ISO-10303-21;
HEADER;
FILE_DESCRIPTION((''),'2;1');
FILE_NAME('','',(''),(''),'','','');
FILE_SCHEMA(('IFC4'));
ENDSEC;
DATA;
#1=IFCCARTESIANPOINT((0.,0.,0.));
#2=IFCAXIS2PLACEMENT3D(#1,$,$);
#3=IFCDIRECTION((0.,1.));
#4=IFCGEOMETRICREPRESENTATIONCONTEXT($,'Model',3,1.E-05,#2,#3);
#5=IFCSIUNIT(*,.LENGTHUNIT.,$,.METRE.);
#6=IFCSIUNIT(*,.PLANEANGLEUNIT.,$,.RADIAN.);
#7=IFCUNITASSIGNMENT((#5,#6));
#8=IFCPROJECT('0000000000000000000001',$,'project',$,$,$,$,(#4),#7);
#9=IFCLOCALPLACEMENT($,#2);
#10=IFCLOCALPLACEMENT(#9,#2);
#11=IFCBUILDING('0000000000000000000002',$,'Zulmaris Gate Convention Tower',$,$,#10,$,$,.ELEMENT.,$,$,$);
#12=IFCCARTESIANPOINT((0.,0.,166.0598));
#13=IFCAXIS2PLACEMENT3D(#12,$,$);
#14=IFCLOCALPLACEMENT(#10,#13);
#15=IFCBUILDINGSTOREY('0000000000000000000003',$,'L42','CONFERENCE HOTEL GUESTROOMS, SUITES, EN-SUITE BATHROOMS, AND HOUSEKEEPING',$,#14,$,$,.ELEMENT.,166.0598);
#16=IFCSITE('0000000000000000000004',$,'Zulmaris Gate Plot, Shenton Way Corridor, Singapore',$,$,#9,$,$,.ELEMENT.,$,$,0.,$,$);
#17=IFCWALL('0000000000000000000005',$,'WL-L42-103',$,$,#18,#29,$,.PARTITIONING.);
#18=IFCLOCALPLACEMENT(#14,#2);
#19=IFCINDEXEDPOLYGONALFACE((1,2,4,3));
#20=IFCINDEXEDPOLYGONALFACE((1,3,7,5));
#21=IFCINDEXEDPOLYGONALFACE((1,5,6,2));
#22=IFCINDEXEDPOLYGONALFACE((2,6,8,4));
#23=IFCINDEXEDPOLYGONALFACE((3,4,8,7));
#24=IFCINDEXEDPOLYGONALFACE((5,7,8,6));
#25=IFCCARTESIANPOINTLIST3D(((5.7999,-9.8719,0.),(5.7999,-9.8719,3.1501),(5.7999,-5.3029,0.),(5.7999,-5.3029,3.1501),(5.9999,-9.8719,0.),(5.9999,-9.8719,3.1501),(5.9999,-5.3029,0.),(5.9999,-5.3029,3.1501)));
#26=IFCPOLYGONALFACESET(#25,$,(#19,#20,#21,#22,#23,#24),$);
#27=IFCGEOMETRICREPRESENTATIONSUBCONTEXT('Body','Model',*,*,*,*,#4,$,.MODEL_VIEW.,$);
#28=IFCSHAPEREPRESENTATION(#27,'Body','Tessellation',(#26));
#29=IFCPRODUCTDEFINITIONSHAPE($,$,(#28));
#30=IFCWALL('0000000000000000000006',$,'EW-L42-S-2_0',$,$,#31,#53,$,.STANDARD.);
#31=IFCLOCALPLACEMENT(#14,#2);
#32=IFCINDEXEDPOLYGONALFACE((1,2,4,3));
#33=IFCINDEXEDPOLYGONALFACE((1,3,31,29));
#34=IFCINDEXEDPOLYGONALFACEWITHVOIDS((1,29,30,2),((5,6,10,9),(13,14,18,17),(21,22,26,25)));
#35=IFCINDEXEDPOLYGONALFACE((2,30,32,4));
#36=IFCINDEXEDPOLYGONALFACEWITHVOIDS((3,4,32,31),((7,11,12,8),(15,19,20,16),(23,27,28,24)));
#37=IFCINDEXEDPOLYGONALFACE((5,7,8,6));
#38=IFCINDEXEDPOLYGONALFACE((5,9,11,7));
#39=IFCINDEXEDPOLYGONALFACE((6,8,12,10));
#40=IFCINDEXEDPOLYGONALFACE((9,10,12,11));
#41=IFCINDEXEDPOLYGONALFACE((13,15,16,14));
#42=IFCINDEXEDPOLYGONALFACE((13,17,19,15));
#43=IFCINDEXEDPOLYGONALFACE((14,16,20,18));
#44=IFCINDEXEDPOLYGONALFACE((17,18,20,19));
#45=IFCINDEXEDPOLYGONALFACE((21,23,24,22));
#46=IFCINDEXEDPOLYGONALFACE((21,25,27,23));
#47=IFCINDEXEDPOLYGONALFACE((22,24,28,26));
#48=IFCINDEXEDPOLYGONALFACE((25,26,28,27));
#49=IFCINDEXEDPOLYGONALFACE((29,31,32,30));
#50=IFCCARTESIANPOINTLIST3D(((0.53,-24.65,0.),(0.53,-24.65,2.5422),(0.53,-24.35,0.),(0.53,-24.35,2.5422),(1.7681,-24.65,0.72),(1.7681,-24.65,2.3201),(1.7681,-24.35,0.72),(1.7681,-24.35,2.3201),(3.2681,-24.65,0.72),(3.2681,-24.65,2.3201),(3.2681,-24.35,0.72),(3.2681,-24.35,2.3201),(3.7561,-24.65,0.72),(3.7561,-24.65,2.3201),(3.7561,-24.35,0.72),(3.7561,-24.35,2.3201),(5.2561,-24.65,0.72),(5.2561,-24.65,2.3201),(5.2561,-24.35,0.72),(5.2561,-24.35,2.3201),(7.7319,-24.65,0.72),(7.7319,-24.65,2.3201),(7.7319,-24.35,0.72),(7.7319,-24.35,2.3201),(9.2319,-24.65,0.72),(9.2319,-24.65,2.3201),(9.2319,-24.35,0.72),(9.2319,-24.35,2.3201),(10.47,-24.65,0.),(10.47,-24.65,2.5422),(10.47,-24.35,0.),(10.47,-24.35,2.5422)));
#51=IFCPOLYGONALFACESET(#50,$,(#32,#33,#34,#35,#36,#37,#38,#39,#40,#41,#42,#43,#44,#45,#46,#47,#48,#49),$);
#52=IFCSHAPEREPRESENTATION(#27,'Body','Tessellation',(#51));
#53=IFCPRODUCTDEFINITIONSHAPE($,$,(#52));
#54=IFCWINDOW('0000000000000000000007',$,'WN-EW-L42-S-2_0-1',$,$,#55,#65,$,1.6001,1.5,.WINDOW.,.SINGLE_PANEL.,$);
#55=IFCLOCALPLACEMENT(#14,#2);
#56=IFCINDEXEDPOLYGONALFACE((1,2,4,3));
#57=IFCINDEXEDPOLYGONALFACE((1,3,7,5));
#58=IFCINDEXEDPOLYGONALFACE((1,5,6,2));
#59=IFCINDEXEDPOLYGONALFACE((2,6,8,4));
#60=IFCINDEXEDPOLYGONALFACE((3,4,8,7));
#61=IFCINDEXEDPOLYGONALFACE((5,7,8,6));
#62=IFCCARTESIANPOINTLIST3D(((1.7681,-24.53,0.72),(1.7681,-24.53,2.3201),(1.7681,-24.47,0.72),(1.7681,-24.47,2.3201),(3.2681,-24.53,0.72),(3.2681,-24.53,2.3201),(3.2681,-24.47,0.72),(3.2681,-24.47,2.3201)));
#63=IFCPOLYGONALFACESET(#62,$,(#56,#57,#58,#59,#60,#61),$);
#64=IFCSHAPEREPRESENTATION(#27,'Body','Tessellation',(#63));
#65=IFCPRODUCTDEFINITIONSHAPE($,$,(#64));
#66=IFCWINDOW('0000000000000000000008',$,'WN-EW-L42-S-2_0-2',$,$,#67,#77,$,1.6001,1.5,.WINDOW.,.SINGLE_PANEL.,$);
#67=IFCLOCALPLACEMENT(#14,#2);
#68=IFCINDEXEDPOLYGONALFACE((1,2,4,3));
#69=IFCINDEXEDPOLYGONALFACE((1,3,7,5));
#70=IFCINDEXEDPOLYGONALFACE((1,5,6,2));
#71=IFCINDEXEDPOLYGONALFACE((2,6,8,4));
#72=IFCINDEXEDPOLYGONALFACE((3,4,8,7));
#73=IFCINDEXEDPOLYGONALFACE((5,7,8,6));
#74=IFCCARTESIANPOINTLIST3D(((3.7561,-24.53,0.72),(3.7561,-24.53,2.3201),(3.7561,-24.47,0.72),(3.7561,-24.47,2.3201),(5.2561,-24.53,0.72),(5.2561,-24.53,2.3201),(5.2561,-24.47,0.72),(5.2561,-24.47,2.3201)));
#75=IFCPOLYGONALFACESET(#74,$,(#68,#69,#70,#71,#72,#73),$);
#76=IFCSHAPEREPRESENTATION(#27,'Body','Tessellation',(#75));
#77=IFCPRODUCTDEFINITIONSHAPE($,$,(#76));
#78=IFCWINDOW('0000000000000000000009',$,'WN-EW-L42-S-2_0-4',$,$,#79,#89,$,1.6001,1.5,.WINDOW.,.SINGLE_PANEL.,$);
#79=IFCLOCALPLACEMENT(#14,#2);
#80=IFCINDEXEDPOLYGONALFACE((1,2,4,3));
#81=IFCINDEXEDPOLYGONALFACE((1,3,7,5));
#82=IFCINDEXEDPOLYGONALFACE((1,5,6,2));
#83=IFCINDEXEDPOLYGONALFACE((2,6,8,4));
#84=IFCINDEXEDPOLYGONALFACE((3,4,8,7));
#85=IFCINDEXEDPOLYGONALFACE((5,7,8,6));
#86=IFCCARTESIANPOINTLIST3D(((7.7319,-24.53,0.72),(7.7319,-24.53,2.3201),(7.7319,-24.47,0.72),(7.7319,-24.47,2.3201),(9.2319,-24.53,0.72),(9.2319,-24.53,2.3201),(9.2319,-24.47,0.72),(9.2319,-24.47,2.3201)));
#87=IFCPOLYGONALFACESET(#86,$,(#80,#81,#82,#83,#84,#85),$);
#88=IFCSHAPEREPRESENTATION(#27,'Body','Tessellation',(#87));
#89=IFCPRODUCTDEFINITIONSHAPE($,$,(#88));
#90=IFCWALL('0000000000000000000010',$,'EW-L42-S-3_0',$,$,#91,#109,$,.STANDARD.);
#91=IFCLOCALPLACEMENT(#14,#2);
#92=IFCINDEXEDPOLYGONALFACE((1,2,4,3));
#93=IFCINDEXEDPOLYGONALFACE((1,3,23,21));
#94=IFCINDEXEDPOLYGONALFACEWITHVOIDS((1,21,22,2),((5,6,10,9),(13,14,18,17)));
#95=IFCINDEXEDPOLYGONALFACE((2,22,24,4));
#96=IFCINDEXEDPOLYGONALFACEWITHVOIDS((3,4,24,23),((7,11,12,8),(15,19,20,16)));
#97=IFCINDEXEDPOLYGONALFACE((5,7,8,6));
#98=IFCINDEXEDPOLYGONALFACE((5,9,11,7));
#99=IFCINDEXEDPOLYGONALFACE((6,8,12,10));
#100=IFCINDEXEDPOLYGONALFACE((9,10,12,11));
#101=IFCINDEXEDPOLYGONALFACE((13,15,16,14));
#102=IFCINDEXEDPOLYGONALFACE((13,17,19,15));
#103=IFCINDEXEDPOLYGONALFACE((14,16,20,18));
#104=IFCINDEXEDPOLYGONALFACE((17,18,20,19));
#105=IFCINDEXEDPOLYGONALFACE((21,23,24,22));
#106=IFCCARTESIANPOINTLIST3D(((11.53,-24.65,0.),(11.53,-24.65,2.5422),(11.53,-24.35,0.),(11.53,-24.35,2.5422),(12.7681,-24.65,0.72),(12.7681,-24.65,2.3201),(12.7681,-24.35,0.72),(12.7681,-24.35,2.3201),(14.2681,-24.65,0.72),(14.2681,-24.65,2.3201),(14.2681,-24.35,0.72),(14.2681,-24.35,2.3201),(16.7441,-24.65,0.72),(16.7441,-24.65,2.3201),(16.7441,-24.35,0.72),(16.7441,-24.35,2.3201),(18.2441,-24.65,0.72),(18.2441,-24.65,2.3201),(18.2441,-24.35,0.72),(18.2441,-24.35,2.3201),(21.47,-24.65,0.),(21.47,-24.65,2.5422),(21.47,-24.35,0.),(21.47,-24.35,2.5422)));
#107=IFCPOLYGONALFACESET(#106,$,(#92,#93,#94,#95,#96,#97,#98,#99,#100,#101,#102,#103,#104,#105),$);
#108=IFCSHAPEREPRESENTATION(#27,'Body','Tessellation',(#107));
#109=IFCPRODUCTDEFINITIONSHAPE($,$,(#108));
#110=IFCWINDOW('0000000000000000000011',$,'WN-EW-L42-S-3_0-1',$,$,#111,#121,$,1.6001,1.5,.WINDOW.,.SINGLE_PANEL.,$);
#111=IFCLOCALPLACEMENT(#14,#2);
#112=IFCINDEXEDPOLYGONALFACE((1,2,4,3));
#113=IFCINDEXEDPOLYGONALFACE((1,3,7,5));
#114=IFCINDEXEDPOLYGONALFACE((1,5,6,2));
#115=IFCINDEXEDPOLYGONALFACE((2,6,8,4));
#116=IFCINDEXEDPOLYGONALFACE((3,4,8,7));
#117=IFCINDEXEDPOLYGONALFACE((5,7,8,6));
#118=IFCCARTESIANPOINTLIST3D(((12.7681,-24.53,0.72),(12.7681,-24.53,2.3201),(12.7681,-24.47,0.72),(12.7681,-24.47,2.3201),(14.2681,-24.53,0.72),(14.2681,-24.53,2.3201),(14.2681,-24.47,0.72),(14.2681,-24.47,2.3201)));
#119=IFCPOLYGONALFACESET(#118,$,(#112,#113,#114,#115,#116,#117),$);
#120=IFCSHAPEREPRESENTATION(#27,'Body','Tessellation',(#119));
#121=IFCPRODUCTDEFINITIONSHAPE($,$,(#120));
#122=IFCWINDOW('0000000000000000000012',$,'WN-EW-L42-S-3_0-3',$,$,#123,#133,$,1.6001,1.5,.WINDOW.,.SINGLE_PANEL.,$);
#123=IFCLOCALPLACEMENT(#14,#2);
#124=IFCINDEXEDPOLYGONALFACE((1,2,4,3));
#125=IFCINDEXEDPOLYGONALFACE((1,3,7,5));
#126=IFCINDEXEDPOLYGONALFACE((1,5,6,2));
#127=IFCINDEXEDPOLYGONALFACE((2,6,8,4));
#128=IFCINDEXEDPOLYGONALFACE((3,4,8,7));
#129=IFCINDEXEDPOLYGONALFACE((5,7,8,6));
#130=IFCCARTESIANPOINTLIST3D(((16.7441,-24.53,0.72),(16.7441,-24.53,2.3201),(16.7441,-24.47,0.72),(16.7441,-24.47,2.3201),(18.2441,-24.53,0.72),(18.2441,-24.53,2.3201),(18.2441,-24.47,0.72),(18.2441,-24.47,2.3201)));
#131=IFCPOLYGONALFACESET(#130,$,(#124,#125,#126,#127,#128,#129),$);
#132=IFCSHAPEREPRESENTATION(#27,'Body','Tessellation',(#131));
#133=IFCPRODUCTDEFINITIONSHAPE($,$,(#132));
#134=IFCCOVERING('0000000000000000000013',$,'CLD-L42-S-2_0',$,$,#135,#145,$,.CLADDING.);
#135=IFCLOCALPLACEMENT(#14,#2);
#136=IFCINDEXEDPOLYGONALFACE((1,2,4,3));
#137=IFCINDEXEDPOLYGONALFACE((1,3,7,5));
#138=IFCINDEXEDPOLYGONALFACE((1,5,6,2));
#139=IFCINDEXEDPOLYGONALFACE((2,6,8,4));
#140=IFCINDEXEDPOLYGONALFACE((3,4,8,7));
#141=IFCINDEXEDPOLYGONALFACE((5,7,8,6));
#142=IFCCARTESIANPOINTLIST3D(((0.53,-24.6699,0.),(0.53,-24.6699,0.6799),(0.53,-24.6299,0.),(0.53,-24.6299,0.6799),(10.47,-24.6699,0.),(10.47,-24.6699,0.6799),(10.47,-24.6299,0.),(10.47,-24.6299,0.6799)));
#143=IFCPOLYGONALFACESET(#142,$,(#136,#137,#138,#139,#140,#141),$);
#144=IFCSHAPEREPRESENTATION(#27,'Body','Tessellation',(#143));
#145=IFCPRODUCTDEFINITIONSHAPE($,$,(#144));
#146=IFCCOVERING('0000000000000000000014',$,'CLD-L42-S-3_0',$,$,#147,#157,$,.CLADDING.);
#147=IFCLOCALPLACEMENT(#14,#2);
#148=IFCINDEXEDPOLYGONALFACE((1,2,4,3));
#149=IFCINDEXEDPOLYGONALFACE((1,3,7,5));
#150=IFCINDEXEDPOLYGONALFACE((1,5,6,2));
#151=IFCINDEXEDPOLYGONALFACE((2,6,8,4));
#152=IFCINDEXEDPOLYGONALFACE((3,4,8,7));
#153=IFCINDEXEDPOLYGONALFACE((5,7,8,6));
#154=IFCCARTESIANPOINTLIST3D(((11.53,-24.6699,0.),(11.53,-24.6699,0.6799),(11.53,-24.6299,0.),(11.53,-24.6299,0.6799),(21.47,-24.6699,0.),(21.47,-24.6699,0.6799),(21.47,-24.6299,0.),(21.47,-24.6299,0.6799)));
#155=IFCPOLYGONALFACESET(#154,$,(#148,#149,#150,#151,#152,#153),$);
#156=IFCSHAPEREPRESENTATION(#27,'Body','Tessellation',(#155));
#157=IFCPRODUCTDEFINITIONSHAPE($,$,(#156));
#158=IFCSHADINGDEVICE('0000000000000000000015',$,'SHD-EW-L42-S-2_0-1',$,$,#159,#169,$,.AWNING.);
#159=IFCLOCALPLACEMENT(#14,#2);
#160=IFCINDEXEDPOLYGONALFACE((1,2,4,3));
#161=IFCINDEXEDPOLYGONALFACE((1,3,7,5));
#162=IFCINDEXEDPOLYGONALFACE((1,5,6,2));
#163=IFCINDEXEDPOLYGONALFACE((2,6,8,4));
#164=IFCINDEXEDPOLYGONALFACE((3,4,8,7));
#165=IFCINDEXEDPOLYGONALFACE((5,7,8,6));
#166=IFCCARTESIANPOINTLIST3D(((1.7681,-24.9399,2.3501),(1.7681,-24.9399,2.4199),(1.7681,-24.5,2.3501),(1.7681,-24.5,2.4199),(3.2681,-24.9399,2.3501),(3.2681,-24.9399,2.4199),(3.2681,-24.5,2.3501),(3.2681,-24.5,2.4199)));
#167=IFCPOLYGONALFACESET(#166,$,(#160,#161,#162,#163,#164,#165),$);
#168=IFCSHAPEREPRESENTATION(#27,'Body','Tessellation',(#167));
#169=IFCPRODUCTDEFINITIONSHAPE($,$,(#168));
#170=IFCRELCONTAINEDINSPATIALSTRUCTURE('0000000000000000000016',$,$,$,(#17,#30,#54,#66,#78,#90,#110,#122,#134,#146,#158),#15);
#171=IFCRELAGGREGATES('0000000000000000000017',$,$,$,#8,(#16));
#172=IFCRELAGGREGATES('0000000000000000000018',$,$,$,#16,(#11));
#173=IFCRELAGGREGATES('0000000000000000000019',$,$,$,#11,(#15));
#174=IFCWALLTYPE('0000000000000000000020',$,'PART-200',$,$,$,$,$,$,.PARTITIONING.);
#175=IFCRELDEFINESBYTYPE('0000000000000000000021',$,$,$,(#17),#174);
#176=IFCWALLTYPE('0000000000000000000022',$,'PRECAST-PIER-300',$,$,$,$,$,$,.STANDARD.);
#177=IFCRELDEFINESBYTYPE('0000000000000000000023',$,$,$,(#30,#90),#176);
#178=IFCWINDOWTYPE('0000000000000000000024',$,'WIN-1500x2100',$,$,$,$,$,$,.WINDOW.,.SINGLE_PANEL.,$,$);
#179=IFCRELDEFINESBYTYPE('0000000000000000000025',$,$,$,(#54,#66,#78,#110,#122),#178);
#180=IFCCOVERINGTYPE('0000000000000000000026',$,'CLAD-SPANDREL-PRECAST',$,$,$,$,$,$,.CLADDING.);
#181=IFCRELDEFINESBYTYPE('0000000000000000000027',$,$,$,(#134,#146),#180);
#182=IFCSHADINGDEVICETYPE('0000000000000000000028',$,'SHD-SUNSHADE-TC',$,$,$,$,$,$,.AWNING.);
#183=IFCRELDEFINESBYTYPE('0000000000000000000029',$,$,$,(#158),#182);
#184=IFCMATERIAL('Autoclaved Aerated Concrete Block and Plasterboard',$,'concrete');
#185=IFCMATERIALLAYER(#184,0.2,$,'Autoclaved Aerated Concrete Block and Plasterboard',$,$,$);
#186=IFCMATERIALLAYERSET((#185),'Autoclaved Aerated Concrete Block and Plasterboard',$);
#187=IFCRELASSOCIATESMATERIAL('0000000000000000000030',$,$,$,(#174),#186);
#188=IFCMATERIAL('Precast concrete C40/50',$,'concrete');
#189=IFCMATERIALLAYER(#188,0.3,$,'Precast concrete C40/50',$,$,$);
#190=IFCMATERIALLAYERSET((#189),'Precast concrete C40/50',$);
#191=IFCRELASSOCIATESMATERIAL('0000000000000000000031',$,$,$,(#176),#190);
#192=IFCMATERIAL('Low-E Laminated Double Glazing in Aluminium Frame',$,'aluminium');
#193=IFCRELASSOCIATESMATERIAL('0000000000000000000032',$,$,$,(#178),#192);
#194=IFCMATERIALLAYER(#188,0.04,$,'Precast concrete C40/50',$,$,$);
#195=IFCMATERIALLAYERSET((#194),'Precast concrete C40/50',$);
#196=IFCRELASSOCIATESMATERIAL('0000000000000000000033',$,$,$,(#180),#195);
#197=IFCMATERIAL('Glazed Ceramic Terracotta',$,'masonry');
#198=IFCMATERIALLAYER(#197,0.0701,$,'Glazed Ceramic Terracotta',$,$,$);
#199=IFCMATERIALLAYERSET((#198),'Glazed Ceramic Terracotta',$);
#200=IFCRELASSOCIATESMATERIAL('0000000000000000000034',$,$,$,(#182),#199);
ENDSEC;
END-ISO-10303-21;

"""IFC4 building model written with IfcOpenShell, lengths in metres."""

from ifc_helpers import new_model, si_unit, direction, frame, frame_2d, origin, place, context, subcontext, project, spatial, rectangle, extrude, material, layer, layer_set, type_object, element, fill, save


model = new_model("IFC4")

# Units and contexts
model_context = context("Model", 3, precision=1e-05, world=origin(), true_north=direction((0.0, 1.0)))
body_context = subcontext(model_context, "Body", "Model", "MODEL_VIEW")
ifc_project = project(units=[si_unit("LENGTHUNIT", "METRE"), si_unit("PLANEANGLEUNIT", "RADIAN")], contexts=[model_context])

# Site, building, storey
site_placement = place(None, origin())
site = spatial("IfcSite", under=ifc_project, at=site_placement, Name="Zulmaris Gate Plot, Shenton Way Corridor, Singapore", CompositionType="ELEMENT", RefElevation=0.0)
building_placement = place(site_placement, origin())
building = spatial("IfcBuilding", under=site, at=building_placement, Name="Zulmaris Gate Convention Tower", CompositionType="ELEMENT")
storey_placement = place(building_placement, frame((0.0, 0.0, 166.0598)))
storey = spatial("IfcBuildingStorey", under=building, at=storey_placement, Name="L42", Description="CONFERENCE HOTEL GUESTROOMS, SUITES, EN-SUITE BATHROOMS, AND HOUSEKEEPING", CompositionType="ELEMENT", Elevation=166.0598)

# Wall
ifc_material_1 = material(Name="Autoclaved Aerated Concrete Block and Plasterboard", Category="concrete")
ifc_layer_1 = layer(ifc_material_1, 0.2, Name="Autoclaved Aerated Concrete Block and Plasterboard")
ifc_layer_set_1 = layer_set([ifc_layer_1], Name="Autoclaved Aerated Concrete Block and Plasterboard")
wall_type_1 = type_object("IfcWallType", Name="PART-200", PredefinedType="PARTITIONING", material=ifc_layer_set_1)
wall_1_placement = place(storey_placement, frame((5.8999, -9.8721, 0.0), z_axis=(0.0, 0.0, 1.0), x_axis=(0.0, 1.0, 0.0)))
element("IfcWall", 1, at=wall_1_placement, inside=storey, type_object=wall_type_1, Name="WL-L42-103", PredefinedType="PARTITIONING", context=body_context, shape_type="SweptSolid", body=[
    extrude(rectangle(XDim=4.5691, YDim=0.2, at=frame_2d((2.2847, 0.0))), origin(), (0.0, 0.0, 1.0), 3.1501),
])

# Walls, openings, windows
ifc_material_2 = material(Name="Precast concrete C40/50", Category="concrete")
ifc_layer_2 = layer(ifc_material_2, 0.3, Name="Precast concrete C40/50")
ifc_layer_set_2 = layer_set([ifc_layer_2], Name="Precast concrete C40/50")
wall_type_2 = type_object("IfcWallType", Name="PRECAST-PIER-300", PredefinedType="STANDARD", material=ifc_layer_set_2)
wall_2_placement = place(storey_placement, frame((0.53, -24.5, 0.0), z_axis=(0.0, 0.0, 1.0), x_axis=(1.0, 0.0, 0.0)))
wall_2 = element("IfcWall", 2, at=wall_2_placement, inside=storey, type_object=wall_type_2, Name="EW-L42-S-2_0", PredefinedType="STANDARD", context=body_context, shape_type="SweptSolid", body=[
    extrude(rectangle(XDim=9.9399, YDim=0.3, at=frame_2d((4.97, 0.0))), origin(), (0.0, 0.0, 1.0), 2.5422),
])
opening_1_placement = place(wall_2_placement, frame((1.238, 0.0, 0.72)))
opening_1 = element("IfcOpeningElement", 3, at=opening_1_placement, cuts=wall_2, PredefinedType="OPENING", context=body_context, shape_type="SweptSolid", body=[
    extrude(rectangle(XDim=1.5, YDim=1.6001, at=frame_2d((0.75, 0.8))), frame((0.0, 0.1602, 0.0), z_axis=(0.0, -1.0, 0.0), x_axis=(1.0, 0.0, 0.0)), (0.0, 0.0, 1.0), 0.3201),
])
opening_2_placement = place(wall_2_placement, frame((3.2261, 0.0, 0.72)))
opening_2 = element("IfcOpeningElement", 4, at=opening_2_placement, cuts=wall_2, PredefinedType="OPENING", context=body_context, shape_type="SweptSolid", body=[
    extrude(rectangle(XDim=1.5, YDim=1.6001, at=frame_2d((0.75, 0.8))), frame((0.0, 0.1602, 0.0), z_axis=(0.0, -1.0, 0.0), x_axis=(1.0, 0.0, 0.0)), (0.0, 0.0, 1.0), 0.3201),
])
opening_3_placement = place(wall_2_placement, frame((7.2019, 0.0, 0.72)))
opening_3 = element("IfcOpeningElement", 5, at=opening_3_placement, cuts=wall_2, PredefinedType="OPENING", context=body_context, shape_type="SweptSolid", body=[
    extrude(rectangle(XDim=1.5, YDim=1.6001, at=frame_2d((0.75, 0.8))), frame((0.0, 0.1602, 0.0), z_axis=(0.0, -1.0, 0.0), x_axis=(1.0, 0.0, 0.0)), (0.0, 0.0, 1.0), 0.3201),
])
ifc_material_3 = material(Name="Low-E Laminated Double Glazing in Aluminium Frame", Category="aluminium")
window_type = type_object("IfcWindowType", Name="WIN-1500x2100", PartitioningType="SINGLE_PANEL", PredefinedType="WINDOW", material=ifc_material_3)
window_1_placement = place(opening_1_placement, origin())
window_1 = element("IfcWindow", 6, at=window_1_placement, inside=storey, type_object=window_type, Name="WN-EW-L42-S-2_0-1", OverallHeight=1.6001, OverallWidth=1.5, PartitioningType="SINGLE_PANEL", PredefinedType="WINDOW", context=body_context, shape_type="SweptSolid", body=[
    extrude(rectangle(XDim=1.5, YDim=1.6001, at=frame_2d((0.75, 0.8))), frame((0.0, 0.03, 0.0), z_axis=(0.0, -1.0, 0.0), x_axis=(1.0, 0.0, 0.0)), (0.0, 0.0, 1.0), 0.0601),
])
fill(opening_1, window_1)
window_2_placement = place(opening_2_placement, origin())
window_2 = element("IfcWindow", 7, at=window_2_placement, inside=storey, type_object=window_type, Name="WN-EW-L42-S-2_0-2", OverallHeight=1.6001, OverallWidth=1.5, PartitioningType="SINGLE_PANEL", PredefinedType="WINDOW", context=body_context, shape_type="SweptSolid", body=[
    extrude(rectangle(XDim=1.5, YDim=1.6001, at=frame_2d((0.75, 0.8))), frame((0.0, 0.03, 0.0), z_axis=(0.0, -1.0, 0.0), x_axis=(1.0, 0.0, 0.0)), (0.0, 0.0, 1.0), 0.0601),
])
fill(opening_2, window_2)
window_3_placement = place(opening_3_placement, origin())
window_3 = element("IfcWindow", 8, at=window_3_placement, inside=storey, type_object=window_type, Name="WN-EW-L42-S-2_0-4", OverallHeight=1.6001, OverallWidth=1.5, PartitioningType="SINGLE_PANEL", PredefinedType="WINDOW", context=body_context, shape_type="SweptSolid", body=[
    extrude(rectangle(XDim=1.5, YDim=1.6001, at=frame_2d((0.75, 0.8))), frame((0.0, 0.03, 0.0), z_axis=(0.0, -1.0, 0.0), x_axis=(1.0, 0.0, 0.0)), (0.0, 0.0, 1.0), 0.0601),
])
fill(opening_3, window_3)
wall_3_placement = place(storey_placement, frame((11.53, -24.5, 0.0), z_axis=(0.0, 0.0, 1.0), x_axis=(1.0, 0.0, 0.0)))
wall_3 = element("IfcWall", 9, at=wall_3_placement, inside=storey, type_object=wall_type_2, Name="EW-L42-S-3_0", PredefinedType="STANDARD", context=body_context, shape_type="SweptSolid", body=[
    extrude(rectangle(XDim=9.9399, YDim=0.3, at=frame_2d((4.97, 0.0))), origin(), (0.0, 0.0, 1.0), 2.5422),
])
opening_4_placement = place(wall_3_placement, frame((1.238, 0.0, 0.72)))
opening_4 = element("IfcOpeningElement", 10, at=opening_4_placement, cuts=wall_3, PredefinedType="OPENING", context=body_context, shape_type="SweptSolid", body=[
    extrude(rectangle(XDim=1.5, YDim=1.6001, at=frame_2d((0.75, 0.8))), frame((0.0, 0.1602, 0.0), z_axis=(0.0, -1.0, 0.0), x_axis=(1.0, 0.0, 0.0)), (0.0, 0.0, 1.0), 0.3201),
])
opening_5_placement = place(wall_3_placement, frame((5.2141, 0.0, 0.72)))
opening_5 = element("IfcOpeningElement", 11, at=opening_5_placement, cuts=wall_3, PredefinedType="OPENING", context=body_context, shape_type="SweptSolid", body=[
    extrude(rectangle(XDim=1.5, YDim=1.6001, at=frame_2d((0.75, 0.8))), frame((0.0, 0.1602, 0.0), z_axis=(0.0, -1.0, 0.0), x_axis=(1.0, 0.0, 0.0)), (0.0, 0.0, 1.0), 0.3201),
])
window_4_placement = place(opening_4_placement, origin())
window_4 = element("IfcWindow", 12, at=window_4_placement, inside=storey, type_object=window_type, Name="WN-EW-L42-S-3_0-1", OverallHeight=1.6001, OverallWidth=1.5, PartitioningType="SINGLE_PANEL", PredefinedType="WINDOW", context=body_context, shape_type="SweptSolid", body=[
    extrude(rectangle(XDim=1.5, YDim=1.6001, at=frame_2d((0.75, 0.8))), frame((0.0, 0.03, 0.0), z_axis=(0.0, -1.0, 0.0), x_axis=(1.0, 0.0, 0.0)), (0.0, 0.0, 1.0), 0.0601),
])
fill(opening_4, window_4)
window_5_placement = place(opening_5_placement, origin())
window_5 = element("IfcWindow", 13, at=window_5_placement, inside=storey, type_object=window_type, Name="WN-EW-L42-S-3_0-3", OverallHeight=1.6001, OverallWidth=1.5, PartitioningType="SINGLE_PANEL", PredefinedType="WINDOW", context=body_context, shape_type="SweptSolid", body=[
    extrude(rectangle(XDim=1.5, YDim=1.6001, at=frame_2d((0.75, 0.8))), frame((0.0, 0.03, 0.0), z_axis=(0.0, -1.0, 0.0), x_axis=(1.0, 0.0, 0.0)), (0.0, 0.0, 1.0), 0.0601),
])
fill(opening_5, window_5)

# Coverings
ifc_layer_3 = layer(ifc_material_2, 0.04, Name="Precast concrete C40/50")
ifc_layer_set_3 = layer_set([ifc_layer_3], Name="Precast concrete C40/50")
covering_type = type_object("IfcCoveringType", Name="CLAD-SPANDREL-PRECAST", PredefinedType="CLADDING", material=ifc_layer_set_3)
for number, where, z_axis, x_axis, name in (
    (14, (0.53, -24.6499, 0.0), (0.0, 0.0, 1.0), (1.0, 0.0, 0.0), "CLD-L42-S-2_0"),
    (15, (11.53, -24.6499, 0.0), (0.0, 0.0, 1.0), (1.0, 0.0, 0.0), "CLD-L42-S-3_0"),
):
    element("IfcCovering", number, at=place(storey_placement, frame(where, z_axis=z_axis, x_axis=x_axis)), inside=storey, type_object=covering_type, Name=name, PredefinedType="CLADDING", context=body_context, shape_type="SweptSolid", body=[
        extrude(rectangle(XDim=9.9399, YDim=0.04, at=frame_2d((4.97, 0.0))), origin(), (0.0, 0.0, 1.0), 0.6799),
    ])

# Shading device
ifc_material_4 = material(Name="Glazed Ceramic Terracotta", Category="masonry")
ifc_layer_4 = layer(ifc_material_4, 0.0701, Name="Glazed Ceramic Terracotta")
ifc_layer_set_4 = layer_set([ifc_layer_4], Name="Glazed Ceramic Terracotta")
shading_device_type = type_object("IfcShadingDeviceType", Name="SHD-SUNSHADE-TC", PredefinedType="AWNING", material=ifc_layer_set_4)
for number, where, z_axis, x_axis, name in (
    (16, (1.7681, -24.72, 2.3501), (0.0, 0.0, 1.0), (1.0, 0.0, 0.0), "SHD-EW-L42-S-2_0-1"),
):
    element("IfcShadingDevice", number, at=place(storey_placement, frame(where, z_axis=z_axis, x_axis=x_axis)), inside=storey, type_object=shading_device_type, Name=name, PredefinedType="AWNING", context=body_context, shape_type="SweptSolid", body=[
        extrude(rectangle(XDim=1.5, YDim=0.4399, at=frame_2d((0.75, 0.0))), origin(), (0.0, 0.0, 1.0), 0.0698),
    ])

save(model, "model.ifc")
